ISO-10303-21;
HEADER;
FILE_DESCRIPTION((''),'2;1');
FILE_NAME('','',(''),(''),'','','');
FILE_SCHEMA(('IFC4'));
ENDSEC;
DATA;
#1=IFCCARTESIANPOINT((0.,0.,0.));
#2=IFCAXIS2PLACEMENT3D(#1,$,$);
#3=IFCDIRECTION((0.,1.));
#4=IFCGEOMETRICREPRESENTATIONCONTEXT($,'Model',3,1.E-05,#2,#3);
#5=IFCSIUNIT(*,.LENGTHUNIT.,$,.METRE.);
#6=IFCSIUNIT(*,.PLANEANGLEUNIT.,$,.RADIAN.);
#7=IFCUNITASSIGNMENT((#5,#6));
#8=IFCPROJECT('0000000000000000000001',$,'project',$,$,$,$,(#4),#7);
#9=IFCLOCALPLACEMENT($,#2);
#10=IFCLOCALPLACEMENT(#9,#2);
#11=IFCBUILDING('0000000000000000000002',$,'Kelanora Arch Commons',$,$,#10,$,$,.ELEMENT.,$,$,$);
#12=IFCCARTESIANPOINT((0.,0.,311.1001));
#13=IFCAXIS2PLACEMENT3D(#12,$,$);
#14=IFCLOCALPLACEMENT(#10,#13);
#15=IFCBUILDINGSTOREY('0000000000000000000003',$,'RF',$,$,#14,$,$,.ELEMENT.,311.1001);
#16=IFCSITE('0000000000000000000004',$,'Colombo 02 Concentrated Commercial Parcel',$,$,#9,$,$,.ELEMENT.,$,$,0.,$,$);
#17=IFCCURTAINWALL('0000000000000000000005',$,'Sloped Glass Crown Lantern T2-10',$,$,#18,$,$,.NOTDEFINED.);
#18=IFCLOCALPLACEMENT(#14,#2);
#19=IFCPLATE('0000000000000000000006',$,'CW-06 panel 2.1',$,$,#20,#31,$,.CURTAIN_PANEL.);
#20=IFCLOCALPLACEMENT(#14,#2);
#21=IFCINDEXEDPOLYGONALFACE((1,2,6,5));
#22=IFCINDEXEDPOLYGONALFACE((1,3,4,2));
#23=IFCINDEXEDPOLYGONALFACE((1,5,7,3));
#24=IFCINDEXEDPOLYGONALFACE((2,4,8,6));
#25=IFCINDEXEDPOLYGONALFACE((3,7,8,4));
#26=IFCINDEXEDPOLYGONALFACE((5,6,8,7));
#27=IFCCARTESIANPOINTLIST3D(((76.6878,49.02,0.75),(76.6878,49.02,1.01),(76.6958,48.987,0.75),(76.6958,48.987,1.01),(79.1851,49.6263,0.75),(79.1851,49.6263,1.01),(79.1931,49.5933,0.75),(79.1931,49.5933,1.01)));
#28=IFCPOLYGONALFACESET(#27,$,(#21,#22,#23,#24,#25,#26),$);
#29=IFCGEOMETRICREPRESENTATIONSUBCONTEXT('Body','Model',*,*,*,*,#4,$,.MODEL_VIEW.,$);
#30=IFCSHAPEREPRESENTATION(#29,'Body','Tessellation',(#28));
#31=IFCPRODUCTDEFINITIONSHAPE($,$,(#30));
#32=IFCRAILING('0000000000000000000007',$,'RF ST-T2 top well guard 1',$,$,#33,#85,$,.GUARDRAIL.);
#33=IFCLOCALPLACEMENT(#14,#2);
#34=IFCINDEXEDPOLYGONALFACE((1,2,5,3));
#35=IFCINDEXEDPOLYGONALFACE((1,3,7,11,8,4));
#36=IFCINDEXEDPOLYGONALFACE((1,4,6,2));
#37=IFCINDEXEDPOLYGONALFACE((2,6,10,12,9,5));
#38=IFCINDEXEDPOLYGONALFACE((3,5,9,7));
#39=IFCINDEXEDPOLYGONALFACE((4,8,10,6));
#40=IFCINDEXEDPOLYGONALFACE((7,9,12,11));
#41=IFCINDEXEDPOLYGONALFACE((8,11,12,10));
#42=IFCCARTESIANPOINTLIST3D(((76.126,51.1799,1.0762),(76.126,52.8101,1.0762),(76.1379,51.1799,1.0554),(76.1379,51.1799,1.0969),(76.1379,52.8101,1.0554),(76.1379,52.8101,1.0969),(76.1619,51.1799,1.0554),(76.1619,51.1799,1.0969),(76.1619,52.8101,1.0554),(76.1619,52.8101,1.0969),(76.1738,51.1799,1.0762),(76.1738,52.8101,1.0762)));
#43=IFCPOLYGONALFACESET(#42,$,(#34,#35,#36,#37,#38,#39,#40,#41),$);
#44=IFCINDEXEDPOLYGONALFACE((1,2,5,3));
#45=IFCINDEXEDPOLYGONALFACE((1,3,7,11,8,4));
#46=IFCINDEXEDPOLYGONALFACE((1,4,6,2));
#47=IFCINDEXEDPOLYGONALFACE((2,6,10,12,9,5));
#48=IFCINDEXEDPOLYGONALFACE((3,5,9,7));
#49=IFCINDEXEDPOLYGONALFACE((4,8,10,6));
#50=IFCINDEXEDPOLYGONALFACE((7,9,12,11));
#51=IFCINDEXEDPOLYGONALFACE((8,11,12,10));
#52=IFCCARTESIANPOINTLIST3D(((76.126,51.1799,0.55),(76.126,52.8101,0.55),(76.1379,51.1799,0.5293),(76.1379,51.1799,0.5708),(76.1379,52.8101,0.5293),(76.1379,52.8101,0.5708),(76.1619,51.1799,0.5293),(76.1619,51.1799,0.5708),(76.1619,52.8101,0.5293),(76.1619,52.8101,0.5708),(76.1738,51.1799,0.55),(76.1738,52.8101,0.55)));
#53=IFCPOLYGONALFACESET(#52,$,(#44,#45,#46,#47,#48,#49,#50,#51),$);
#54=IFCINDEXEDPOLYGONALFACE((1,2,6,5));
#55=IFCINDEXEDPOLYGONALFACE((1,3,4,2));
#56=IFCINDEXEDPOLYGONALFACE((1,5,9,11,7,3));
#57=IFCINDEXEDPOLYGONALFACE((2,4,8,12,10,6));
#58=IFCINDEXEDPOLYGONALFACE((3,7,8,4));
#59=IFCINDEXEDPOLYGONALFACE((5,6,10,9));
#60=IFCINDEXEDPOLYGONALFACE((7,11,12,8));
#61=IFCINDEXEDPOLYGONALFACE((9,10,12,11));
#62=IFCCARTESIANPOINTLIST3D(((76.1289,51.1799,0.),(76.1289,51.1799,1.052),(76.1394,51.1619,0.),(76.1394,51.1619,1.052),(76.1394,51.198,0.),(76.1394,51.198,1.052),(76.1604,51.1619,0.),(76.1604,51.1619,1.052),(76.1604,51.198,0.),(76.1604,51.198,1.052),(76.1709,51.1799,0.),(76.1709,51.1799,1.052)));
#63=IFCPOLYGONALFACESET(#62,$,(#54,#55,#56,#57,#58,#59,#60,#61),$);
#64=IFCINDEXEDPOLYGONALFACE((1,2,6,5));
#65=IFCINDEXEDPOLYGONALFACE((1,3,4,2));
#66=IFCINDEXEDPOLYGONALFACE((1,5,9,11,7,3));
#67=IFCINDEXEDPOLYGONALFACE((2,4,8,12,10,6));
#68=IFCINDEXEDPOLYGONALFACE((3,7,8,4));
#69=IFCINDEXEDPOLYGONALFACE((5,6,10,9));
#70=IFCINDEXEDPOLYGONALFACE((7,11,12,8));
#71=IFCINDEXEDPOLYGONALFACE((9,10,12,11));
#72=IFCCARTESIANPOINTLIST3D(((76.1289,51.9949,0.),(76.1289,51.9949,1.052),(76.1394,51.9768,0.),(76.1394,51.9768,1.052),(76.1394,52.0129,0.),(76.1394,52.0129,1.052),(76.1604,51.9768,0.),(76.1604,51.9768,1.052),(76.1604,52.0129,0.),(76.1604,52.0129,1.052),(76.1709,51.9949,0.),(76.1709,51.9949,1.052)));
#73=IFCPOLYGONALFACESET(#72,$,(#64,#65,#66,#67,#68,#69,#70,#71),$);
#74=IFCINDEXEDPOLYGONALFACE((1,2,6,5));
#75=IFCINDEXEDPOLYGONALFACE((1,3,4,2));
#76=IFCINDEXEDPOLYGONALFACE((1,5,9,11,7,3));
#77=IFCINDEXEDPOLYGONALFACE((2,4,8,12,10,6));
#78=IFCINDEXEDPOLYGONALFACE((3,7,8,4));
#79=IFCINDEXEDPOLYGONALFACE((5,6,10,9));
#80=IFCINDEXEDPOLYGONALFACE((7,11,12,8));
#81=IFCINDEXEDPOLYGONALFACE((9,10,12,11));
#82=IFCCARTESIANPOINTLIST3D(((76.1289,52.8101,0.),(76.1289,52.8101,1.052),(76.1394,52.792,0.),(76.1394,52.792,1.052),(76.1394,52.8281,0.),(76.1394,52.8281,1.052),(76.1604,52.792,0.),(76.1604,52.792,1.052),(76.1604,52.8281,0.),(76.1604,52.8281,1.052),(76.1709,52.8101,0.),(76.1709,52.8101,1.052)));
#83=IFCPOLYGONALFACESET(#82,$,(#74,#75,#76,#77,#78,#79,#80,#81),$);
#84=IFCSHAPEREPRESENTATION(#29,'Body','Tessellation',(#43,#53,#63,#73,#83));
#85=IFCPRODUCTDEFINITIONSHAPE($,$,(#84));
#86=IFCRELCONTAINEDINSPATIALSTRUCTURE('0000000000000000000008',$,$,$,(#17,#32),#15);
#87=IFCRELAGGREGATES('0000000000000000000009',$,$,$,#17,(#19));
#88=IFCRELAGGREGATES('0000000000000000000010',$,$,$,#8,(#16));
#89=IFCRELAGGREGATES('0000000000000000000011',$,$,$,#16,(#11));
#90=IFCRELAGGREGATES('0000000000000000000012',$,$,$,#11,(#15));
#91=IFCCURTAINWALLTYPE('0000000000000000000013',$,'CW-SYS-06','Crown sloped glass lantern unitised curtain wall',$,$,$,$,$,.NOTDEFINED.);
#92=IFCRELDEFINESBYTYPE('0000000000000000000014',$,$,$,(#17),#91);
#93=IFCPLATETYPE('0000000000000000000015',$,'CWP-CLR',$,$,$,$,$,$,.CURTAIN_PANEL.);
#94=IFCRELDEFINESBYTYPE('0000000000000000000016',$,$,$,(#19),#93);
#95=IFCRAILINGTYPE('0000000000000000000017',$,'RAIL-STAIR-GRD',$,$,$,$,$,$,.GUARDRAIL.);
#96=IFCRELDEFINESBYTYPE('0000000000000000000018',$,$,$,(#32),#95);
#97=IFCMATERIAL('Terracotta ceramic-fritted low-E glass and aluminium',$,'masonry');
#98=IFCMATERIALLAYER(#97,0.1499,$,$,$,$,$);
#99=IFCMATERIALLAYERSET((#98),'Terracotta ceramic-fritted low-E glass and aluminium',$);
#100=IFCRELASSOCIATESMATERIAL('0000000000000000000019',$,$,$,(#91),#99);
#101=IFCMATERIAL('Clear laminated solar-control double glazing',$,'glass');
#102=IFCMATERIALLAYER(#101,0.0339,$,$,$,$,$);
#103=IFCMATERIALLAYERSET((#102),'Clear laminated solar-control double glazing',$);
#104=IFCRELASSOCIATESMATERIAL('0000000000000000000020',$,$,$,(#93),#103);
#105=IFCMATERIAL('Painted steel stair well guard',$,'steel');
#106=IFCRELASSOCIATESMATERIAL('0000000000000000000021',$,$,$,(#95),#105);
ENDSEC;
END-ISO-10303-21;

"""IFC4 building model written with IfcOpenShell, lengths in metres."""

from ifc_helpers import new_model, si_unit, direction, frame, origin, origin_2d, place, context, subcontext, project, spatial, polyline, rectangle, outline, extrude, source, transform, mapped, material, layer, layer_set, type_object, element, aggregate, save


model = new_model("IFC4")

# Units and contexts
model_context = context("Model", 3, precision=1e-05, world=origin(), true_north=direction((0.0, 1.0)))
body_context = subcontext(model_context, "Body", "Model", "MODEL_VIEW")
ifc_project = project(units=[si_unit("LENGTHUNIT", "METRE"), si_unit("PLANEANGLEUNIT", "RADIAN")], contexts=[model_context])

# Site, building, storey
site_placement = place(None, origin())
site = spatial("IfcSite", under=ifc_project, at=site_placement, Name="Colombo 02 Concentrated Commercial Parcel", CompositionType="ELEMENT", RefElevation=0.0)
building_placement = place(site_placement, origin())
building = spatial("IfcBuilding", under=site, at=building_placement, Name="Kelanora Arch Commons", CompositionType="ELEMENT")
storey_placement = place(building_placement, frame((0.0, 0.0, 311.1001)))
storey = spatial("IfcBuildingStorey", under=building, at=storey_placement, Name="RF", CompositionType="ELEMENT", Elevation=311.1001)

# Shared definitions
ifc_material_1 = material(Name="Terracotta ceramic-fritted low-E glass and aluminium", Category="masonry")
ifc_layer_1 = layer(ifc_material_1, 0.1499)
ifc_layer_set_1 = layer_set([ifc_layer_1], Name="Terracotta ceramic-fritted low-E glass and aluminium")
curtain_wall_type = type_object("IfcCurtainWallType", Name="CW-SYS-06", Description="Crown sloped glass lantern unitised curtain wall", PredefinedType="NOTDEFINED", material=ifc_layer_set_1)

# Curtain wall
curtain_wall_1_placement = place(storey_placement, origin())
curtain_wall_1 = element("IfcCurtainWall", 1, at=curtain_wall_1_placement, inside=storey, type_object=curtain_wall_type, Name="Sloped Glass Crown Lantern T2-10", PredefinedType="NOTDEFINED")

# Plate
ifc_material_2 = material(Name="Clear laminated solar-control double glazing", Category="glass")
ifc_layer_2 = layer(ifc_material_2, 0.0339)
ifc_layer_set_2 = layer_set([ifc_layer_2], Name="Clear laminated solar-control double glazing")
plate_type = type_object("IfcPlateType", Name="CWP-CLR", PredefinedType="CURTAIN_PANEL", material=ifc_layer_set_2)
shared_shape_1 = source(origin(), body_context, "Body", "SweptSolid", [
    extrude(rectangle(XDim=2.5698, YDim=0.0339, at=origin_2d()), origin(), (0.0, 0.0, 1.0), 0.26),
])
plate_1_placement = place(storey_placement, frame((77.9404, 49.3066, 0.75), z_axis=(0.0, 0.0, 1.0), x_axis=(0.97177, 0.235931, 0.0)))
plate_1 = element("IfcPlate", 2, at=plate_1_placement, type_object=plate_type, Name="CW-06 panel 2.1", PredefinedType="CURTAIN_PANEL", context=body_context, shape_type="MappedRepresentation", body=[
    mapped(shared_shape_1, transform((0.0, 0.0, 0.0), scale=1.0)),
])
aggregate(curtain_wall_1, [plate_1])

# Railing
ifc_material_3 = material(Name="Painted steel stair well guard", Category="steel")
railing_type = type_object("IfcRailingType", Name="RAIL-STAIR-GRD", PredefinedType="GUARDRAIL", material=ifc_material_3)
railing_1_placement = place(storey_placement, frame((76.1499, 51.1799, 0.0)))
element("IfcRailing", 3, at=railing_1_placement, inside=storey, type_object=railing_type, Name="RF ST-T2 top well guard 1", PredefinedType="GUARDRAIL", context=body_context, shape_type="SweptSolid", body=[
    extrude(outline(polyline([(0.0239, 0.0), (0.012, 0.0208), (-0.012, 0.0208), (-0.0239, 0.0), (-0.012, -0.0208), (0.012, -0.0208), (0.0239, 0.0)])), frame((0.0, 0.0, 1.0762), z_axis=(0.0, 1.0, 0.0), x_axis=(-1.0, 0.0, 0.0)), (0.0, 0.0, 1.0), 1.6301),
    extrude(outline(polyline([(0.0239, 0.0), (0.012, 0.0208), (-0.012, 0.0208), (-0.0239, 0.0), (-0.012, -0.0208), (0.012, -0.0208), (0.0239, 0.0)])), frame((0.0, 0.0, 0.55), z_axis=(0.0, 1.0, 0.0), x_axis=(-1.0, 0.0, 0.0)), (0.0, 0.0, 1.0), 1.6301),
    extrude(outline(polyline([(0.021, 0.0), (0.0105, 0.0181), (-0.0105, 0.0181), (-0.021, 0.0), (-0.0105, -0.0181), (0.0105, -0.0181), (0.021, 0.0)])), origin(), (0.0, 0.0, 1.0), 1.052),
    extrude(outline(polyline([(0.021, 0.0), (0.0105, 0.0181), (-0.0105, 0.0181), (-0.021, 0.0), (-0.0105, -0.0181), (0.0105, -0.0181), (0.021, 0.0)])), frame((0.0, 0.8149, 0.0)), (0.0, 0.0, 1.0), 1.052),
    extrude(outline(polyline([(0.021, 0.0), (0.0105, 0.0181), (-0.0105, 0.0181), (-0.021, 0.0), (-0.0105, -0.0181), (0.0105, -0.0181), (0.021, 0.0)])), frame((0.0, 1.6301, 0.0)), (0.0, 0.0, 1.0), 1.052),
])

save(model, "model.ifc")
